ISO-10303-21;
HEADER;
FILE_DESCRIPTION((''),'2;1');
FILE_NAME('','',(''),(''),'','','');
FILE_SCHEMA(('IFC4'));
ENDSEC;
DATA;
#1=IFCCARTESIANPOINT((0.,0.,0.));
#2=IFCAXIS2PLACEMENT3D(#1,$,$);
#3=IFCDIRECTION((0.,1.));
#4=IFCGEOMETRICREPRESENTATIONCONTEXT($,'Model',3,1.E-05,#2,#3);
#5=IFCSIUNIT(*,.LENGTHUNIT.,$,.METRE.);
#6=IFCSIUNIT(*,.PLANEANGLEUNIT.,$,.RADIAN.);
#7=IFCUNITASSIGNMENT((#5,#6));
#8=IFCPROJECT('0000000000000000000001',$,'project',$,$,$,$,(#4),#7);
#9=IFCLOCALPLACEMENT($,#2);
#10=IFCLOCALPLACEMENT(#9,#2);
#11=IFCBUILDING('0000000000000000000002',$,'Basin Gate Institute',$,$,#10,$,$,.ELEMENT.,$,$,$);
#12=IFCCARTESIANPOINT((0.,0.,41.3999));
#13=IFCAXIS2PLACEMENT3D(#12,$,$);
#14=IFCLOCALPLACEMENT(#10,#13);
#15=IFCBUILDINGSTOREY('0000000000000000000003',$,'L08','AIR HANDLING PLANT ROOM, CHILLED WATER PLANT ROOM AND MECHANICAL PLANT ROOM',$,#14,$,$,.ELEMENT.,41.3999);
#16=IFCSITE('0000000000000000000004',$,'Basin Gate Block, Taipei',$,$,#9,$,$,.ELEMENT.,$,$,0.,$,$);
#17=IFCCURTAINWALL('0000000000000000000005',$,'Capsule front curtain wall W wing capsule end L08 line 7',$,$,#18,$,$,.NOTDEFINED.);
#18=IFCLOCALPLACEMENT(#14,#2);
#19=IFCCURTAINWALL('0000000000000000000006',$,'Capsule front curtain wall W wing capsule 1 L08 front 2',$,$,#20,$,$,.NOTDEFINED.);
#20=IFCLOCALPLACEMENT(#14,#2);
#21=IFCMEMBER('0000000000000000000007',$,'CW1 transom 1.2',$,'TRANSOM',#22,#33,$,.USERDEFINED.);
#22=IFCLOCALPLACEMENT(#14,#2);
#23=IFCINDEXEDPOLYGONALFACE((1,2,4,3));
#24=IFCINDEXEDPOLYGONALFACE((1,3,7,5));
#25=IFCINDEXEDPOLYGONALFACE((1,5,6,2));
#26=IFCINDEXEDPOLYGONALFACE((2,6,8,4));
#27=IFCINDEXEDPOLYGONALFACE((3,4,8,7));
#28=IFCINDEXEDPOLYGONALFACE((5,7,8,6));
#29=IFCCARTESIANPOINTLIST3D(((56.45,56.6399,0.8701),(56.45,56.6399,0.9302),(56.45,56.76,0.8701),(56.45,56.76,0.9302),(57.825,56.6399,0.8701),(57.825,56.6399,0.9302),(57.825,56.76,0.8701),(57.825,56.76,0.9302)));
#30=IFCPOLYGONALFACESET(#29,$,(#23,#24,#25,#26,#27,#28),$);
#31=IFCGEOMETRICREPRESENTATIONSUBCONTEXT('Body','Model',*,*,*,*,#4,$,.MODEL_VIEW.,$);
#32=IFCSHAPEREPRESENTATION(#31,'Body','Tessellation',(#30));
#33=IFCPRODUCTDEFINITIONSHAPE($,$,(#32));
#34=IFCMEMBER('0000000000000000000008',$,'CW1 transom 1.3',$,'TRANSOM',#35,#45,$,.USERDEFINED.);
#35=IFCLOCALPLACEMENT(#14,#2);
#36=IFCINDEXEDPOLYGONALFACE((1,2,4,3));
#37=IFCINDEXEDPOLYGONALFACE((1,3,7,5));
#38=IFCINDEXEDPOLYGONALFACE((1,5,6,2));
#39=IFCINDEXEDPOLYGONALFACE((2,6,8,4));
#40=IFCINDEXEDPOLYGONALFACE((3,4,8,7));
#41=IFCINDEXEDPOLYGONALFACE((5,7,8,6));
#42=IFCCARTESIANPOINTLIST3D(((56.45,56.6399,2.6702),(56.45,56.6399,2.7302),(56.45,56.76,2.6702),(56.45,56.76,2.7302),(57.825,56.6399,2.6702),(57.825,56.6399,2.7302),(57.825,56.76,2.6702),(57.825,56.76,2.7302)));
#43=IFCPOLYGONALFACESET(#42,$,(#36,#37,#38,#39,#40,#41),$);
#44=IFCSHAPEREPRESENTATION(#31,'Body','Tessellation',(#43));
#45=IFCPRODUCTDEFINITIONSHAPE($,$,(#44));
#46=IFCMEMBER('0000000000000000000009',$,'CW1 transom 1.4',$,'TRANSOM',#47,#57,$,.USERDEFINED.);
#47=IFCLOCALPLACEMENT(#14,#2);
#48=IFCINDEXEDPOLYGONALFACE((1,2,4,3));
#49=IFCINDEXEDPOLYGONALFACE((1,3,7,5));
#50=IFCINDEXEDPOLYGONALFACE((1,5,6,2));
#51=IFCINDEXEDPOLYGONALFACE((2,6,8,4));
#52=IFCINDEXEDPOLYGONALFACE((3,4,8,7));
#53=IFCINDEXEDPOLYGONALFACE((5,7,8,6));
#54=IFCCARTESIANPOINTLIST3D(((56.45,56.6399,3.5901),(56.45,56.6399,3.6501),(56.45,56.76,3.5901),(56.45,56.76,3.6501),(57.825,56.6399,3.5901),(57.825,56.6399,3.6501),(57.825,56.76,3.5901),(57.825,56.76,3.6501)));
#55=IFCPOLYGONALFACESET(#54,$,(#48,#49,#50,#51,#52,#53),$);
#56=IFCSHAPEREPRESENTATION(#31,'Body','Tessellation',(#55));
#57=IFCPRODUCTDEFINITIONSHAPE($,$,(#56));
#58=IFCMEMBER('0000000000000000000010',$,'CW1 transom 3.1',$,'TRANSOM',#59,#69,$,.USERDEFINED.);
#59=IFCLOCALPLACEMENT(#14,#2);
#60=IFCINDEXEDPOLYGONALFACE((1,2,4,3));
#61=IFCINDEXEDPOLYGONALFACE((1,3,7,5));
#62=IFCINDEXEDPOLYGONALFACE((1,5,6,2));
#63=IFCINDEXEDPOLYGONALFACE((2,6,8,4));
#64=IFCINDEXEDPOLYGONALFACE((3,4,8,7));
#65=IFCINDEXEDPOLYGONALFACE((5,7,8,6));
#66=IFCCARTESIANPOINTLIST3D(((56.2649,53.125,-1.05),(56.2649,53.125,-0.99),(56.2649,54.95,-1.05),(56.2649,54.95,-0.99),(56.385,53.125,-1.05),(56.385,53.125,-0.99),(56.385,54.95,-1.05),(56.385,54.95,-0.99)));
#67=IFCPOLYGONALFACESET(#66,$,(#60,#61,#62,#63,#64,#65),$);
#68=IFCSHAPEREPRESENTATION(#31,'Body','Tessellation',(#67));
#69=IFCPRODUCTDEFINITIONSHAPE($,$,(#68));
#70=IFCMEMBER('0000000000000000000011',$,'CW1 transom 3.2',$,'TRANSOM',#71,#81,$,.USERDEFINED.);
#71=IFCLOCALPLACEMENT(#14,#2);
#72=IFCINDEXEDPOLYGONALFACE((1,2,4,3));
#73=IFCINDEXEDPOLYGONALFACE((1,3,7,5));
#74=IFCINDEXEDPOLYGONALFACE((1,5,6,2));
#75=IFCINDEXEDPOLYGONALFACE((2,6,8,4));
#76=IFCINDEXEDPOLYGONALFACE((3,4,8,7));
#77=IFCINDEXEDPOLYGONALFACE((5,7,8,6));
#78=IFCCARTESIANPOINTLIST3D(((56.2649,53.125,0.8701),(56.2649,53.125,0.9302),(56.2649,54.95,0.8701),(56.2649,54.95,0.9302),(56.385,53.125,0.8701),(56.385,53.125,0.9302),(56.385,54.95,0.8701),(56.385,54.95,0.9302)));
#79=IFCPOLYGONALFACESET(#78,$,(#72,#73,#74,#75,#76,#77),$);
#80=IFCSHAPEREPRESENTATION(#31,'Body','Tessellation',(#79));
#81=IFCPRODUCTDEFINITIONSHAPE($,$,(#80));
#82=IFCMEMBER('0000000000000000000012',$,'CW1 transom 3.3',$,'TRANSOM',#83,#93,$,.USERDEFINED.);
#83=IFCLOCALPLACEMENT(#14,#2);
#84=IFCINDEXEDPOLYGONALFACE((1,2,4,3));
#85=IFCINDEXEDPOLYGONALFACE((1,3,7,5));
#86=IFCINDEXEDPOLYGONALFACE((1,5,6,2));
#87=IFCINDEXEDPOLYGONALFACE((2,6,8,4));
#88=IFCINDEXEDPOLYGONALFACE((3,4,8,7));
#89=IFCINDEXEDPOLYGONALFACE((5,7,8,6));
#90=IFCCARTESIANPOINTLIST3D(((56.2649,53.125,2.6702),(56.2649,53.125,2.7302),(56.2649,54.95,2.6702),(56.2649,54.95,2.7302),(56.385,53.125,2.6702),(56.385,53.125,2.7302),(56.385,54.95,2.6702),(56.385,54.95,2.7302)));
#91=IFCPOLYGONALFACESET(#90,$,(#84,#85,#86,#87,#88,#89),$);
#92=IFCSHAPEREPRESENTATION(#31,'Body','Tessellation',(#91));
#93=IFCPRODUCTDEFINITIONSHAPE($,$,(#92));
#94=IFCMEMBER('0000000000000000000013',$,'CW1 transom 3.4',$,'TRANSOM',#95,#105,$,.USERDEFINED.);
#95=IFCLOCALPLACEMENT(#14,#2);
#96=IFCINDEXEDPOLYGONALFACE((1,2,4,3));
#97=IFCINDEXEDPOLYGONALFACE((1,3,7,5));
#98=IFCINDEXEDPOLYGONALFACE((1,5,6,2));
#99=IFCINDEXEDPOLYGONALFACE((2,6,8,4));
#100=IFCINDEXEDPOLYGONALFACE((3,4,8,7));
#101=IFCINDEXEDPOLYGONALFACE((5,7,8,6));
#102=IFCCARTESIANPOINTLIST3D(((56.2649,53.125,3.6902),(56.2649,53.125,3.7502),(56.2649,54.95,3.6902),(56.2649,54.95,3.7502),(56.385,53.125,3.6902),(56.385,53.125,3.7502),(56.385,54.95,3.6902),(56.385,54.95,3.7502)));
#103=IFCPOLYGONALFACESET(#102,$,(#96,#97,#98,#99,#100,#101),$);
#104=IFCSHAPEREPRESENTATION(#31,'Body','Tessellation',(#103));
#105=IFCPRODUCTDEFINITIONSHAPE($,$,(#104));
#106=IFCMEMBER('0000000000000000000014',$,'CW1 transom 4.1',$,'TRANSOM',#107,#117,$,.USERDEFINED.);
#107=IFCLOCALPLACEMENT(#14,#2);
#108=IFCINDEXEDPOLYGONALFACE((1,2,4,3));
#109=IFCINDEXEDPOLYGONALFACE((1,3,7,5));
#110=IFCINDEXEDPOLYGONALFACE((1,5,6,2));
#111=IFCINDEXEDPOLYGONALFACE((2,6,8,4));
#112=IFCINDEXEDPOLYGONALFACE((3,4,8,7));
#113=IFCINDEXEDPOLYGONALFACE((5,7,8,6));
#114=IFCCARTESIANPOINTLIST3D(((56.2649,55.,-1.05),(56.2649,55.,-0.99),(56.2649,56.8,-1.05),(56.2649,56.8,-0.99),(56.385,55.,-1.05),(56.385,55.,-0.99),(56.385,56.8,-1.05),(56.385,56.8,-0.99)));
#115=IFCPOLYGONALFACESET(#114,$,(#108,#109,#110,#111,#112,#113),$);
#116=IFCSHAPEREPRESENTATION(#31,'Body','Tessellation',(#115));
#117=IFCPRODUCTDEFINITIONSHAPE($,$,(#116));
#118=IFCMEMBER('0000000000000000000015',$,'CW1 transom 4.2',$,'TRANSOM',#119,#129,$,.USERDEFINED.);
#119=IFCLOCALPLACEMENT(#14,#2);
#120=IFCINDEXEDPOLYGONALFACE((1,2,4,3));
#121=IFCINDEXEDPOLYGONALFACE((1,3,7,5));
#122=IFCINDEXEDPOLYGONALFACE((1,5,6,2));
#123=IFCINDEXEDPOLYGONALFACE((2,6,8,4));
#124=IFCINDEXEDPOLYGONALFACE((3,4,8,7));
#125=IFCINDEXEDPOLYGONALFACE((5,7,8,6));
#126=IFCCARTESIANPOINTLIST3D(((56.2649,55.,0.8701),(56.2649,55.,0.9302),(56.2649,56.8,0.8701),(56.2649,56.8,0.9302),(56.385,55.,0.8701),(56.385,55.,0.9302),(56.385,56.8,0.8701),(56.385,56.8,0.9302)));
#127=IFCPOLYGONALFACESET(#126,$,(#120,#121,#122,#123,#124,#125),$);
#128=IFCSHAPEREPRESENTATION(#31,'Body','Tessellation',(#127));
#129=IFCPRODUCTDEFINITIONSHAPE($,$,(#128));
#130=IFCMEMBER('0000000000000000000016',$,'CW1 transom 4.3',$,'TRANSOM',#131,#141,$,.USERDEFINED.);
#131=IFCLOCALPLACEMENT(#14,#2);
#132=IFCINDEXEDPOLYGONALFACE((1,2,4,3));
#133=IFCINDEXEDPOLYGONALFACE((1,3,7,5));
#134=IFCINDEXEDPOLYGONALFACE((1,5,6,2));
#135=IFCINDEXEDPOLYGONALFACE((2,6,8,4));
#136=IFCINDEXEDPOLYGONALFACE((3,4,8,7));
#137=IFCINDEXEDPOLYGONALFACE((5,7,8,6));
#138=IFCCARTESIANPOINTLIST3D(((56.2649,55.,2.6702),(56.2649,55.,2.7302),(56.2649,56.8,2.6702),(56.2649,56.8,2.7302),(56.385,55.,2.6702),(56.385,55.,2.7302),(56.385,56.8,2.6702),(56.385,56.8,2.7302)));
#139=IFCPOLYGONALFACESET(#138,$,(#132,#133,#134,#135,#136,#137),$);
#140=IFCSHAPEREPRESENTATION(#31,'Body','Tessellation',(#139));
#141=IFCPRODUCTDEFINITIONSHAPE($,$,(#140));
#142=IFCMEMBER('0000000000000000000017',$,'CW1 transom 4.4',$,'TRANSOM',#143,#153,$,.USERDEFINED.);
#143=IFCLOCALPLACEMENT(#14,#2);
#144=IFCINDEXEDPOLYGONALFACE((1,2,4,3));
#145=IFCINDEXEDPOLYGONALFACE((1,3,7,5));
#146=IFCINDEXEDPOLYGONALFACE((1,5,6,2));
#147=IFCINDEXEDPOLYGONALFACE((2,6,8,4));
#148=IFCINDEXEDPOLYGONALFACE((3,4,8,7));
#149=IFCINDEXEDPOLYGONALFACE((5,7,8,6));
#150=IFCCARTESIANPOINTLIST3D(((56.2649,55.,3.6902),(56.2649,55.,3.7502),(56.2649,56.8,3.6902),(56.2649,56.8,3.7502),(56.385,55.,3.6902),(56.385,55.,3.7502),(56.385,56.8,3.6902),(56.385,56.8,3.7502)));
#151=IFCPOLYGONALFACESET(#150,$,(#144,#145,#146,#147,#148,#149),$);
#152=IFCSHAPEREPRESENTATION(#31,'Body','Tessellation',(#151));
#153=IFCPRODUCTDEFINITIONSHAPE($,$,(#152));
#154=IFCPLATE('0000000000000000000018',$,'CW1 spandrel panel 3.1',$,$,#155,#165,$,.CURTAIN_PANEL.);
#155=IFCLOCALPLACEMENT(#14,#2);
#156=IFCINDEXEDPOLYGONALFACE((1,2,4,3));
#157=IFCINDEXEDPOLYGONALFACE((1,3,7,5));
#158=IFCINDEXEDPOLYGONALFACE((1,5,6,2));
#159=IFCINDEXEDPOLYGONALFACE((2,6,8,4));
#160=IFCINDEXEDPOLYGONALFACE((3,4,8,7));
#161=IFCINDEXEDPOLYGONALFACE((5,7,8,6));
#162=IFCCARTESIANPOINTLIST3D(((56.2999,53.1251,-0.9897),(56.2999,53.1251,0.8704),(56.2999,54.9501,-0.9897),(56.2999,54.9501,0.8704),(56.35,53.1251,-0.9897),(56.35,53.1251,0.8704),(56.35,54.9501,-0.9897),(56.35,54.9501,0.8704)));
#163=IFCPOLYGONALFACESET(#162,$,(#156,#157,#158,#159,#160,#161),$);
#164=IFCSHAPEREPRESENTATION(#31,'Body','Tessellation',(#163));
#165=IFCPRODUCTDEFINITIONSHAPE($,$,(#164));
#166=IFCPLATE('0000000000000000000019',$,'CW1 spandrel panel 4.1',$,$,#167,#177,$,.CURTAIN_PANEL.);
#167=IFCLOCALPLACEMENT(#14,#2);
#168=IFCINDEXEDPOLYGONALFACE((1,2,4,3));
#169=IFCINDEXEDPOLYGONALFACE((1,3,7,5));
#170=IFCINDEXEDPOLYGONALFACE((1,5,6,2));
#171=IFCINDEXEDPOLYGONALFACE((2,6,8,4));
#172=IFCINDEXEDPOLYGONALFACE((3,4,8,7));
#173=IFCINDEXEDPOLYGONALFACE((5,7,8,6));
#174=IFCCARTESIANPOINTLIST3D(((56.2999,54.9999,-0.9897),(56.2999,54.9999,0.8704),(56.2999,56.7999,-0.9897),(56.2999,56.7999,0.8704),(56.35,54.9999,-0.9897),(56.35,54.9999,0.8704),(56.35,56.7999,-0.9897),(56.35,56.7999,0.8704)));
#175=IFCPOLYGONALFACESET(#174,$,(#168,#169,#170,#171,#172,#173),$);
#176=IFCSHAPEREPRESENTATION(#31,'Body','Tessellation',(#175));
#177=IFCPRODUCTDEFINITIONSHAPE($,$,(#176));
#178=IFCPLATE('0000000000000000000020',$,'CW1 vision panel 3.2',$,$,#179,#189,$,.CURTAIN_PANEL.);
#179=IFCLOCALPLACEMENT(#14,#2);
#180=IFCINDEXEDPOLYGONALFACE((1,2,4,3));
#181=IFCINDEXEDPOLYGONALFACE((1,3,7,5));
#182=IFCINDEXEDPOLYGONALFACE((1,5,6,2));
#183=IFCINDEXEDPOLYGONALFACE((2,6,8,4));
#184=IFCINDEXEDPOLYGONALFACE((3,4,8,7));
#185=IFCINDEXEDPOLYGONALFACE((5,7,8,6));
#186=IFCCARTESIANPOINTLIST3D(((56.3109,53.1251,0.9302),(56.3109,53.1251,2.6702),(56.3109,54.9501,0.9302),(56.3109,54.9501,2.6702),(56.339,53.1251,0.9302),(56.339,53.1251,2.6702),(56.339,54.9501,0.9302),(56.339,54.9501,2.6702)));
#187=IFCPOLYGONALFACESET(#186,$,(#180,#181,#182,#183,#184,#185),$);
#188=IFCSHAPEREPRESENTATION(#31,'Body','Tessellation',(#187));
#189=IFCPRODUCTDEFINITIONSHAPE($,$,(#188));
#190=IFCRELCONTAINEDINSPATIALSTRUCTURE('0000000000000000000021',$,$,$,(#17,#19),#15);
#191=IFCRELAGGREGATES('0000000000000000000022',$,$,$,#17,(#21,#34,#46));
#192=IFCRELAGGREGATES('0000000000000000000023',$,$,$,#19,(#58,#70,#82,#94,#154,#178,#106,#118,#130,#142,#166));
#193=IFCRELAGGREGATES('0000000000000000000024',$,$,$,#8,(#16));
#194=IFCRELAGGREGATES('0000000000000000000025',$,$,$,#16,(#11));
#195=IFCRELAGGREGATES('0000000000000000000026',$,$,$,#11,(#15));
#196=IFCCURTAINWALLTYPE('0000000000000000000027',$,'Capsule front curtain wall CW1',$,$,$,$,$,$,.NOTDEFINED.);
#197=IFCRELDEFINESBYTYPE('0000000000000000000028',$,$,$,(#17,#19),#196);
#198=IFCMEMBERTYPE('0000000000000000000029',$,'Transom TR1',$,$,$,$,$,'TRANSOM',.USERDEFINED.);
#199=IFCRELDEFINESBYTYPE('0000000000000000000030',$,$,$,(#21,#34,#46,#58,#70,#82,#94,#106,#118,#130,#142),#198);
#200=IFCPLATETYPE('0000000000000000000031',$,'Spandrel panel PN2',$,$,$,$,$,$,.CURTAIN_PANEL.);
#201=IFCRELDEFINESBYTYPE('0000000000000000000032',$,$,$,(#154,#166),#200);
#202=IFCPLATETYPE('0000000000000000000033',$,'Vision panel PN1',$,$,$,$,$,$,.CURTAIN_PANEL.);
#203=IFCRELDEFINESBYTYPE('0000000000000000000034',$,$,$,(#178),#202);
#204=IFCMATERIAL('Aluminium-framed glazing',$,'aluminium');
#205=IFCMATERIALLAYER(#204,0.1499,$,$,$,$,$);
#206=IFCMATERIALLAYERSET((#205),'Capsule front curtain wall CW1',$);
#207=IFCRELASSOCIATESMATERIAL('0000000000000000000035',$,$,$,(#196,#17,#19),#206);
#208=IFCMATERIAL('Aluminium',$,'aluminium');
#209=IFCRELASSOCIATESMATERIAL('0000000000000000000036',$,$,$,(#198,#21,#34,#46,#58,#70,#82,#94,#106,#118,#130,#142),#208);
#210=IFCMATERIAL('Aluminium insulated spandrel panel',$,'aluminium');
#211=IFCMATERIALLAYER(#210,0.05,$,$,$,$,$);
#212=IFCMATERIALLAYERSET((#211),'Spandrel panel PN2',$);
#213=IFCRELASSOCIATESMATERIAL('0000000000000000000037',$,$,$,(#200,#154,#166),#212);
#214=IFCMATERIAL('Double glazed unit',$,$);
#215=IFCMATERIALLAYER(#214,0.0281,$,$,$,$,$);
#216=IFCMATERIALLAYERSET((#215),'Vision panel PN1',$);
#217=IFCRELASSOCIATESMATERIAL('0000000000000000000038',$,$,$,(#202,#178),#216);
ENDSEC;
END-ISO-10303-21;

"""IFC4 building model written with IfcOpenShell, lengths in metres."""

from ifc_helpers import new_model, si_unit, direction, frame, origin, origin_2d, place, context, subcontext, project, spatial, rectangle, extrude, material, layer, layer_set, material_profile, profile_set, type_object, element, aggregate, save


model = new_model("IFC4")

# Units and contexts
model_context = context("Model", 3, precision=1e-05, world=origin(), true_north=direction((0.0, 1.0)))
body_context = subcontext(model_context, "Body", "Model", "MODEL_VIEW")
ifc_project = project(units=[si_unit("LENGTHUNIT", "METRE"), si_unit("PLANEANGLEUNIT", "RADIAN")], contexts=[model_context])

# Site, building, storey
site_placement = place(None, origin())
site = spatial("IfcSite", under=ifc_project, at=site_placement, Name="Basin Gate Block, Taipei", CompositionType="ELEMENT", RefElevation=0.0)
building_placement = place(site_placement, origin())
building = spatial("IfcBuilding", under=site, at=building_placement, Name="Basin Gate Institute", CompositionType="ELEMENT")
storey_placement = place(building_placement, frame((0.0, 0.0, 41.3999)))
storey = spatial("IfcBuildingStorey", under=building, at=storey_placement, Name="L08", Description="AIR HANDLING PLANT ROOM, CHILLED WATER PLANT ROOM AND MECHANICAL PLANT ROOM", CompositionType="ELEMENT", Elevation=41.3999)

# Curtain wall
ifc_material_1 = material(Name="Aluminium-framed glazing", Category="aluminium")
ifc_layer_1 = layer(ifc_material_1, 0.1499)
ifc_layer_set_1 = layer_set([ifc_layer_1], Name="Capsule front curtain wall CW1")
curtain_wall_type = type_object("IfcCurtainWallType", Name="Capsule front curtain wall CW1", PredefinedType="NOTDEFINED", material=ifc_layer_set_1)
curtain_wall_1_placement = place(storey_placement, origin())
curtain_wall_1 = element("IfcCurtainWall", 1, at=curtain_wall_1_placement, inside=storey, type_object=curtain_wall_type, material=ifc_layer_set_1, Name="Capsule front curtain wall W wing capsule end L08 line 7", PredefinedType="NOTDEFINED")

# Curtain wall
curtain_wall_2_placement = place(storey_placement, origin())
curtain_wall_2 = element("IfcCurtainWall", 2, at=curtain_wall_2_placement, inside=storey, type_object=curtain_wall_type, material=ifc_layer_set_1, Name="Capsule front curtain wall W wing capsule 1 L08 front 2", PredefinedType="NOTDEFINED")

# Members
ifc_material_2 = material(Name="Aluminium", Category="aluminium")
ifc_material_profile_1 = material_profile(ifc_material_2, rectangle(XDim=0.1201, YDim=0.0601, at=origin_2d()), Name="Transom TR1 120 x 60")
ifc_profile_set_1 = profile_set([ifc_material_profile_1], Name="Aluminium")
member_type_1 = type_object("IfcMemberType", Name="Transom TR1", ElementType="TRANSOM", PredefinedType="USERDEFINED", material=ifc_profile_set_1)
member_1_placement = place(storey_placement, frame((56.45, 56.7, 0.9001), z_axis=(1.0, 0.0, 0.0), x_axis=(0.0, 1.0, 0.0)))
member_1 = element("IfcMember", 3, at=member_1_placement, type_object=member_type_1, material=ifc_profile_set_1, Name="CW1 transom 1.2", ObjectType="TRANSOM", PredefinedType="USERDEFINED", context=body_context, shape_type="SweptSolid", body=[
    extrude(rectangle(XDim=0.1201, YDim=0.0601, at=origin_2d()), origin(), (0.0, 0.0, 1.0), 1.375),
])
member_2_placement = place(storey_placement, frame((56.45, 56.7, 2.7002), z_axis=(1.0, 0.0, 0.0), x_axis=(0.0, 1.0, 0.0)))
member_2 = element("IfcMember", 4, at=member_2_placement, type_object=member_type_1, material=ifc_profile_set_1, Name="CW1 transom 1.3", ObjectType="TRANSOM", PredefinedType="USERDEFINED", context=body_context, shape_type="SweptSolid", body=[
    extrude(rectangle(XDim=0.1201, YDim=0.0601, at=origin_2d()), origin(), (0.0, 0.0, 1.0), 1.375),
])
member_3_placement = place(storey_placement, frame((56.45, 56.7, 3.6201), z_axis=(1.0, 0.0, 0.0), x_axis=(0.0, 1.0, 0.0)))
member_3 = element("IfcMember", 5, at=member_3_placement, type_object=member_type_1, material=ifc_profile_set_1, Name="CW1 transom 1.4", ObjectType="TRANSOM", PredefinedType="USERDEFINED", context=body_context, shape_type="SweptSolid", body=[
    extrude(rectangle(XDim=0.1201, YDim=0.0601, at=origin_2d()), origin(), (0.0, 0.0, 1.0), 1.375),
])
aggregate(curtain_wall_1, [member_1, member_2, member_3])
member_4_placement = place(storey_placement, frame((56.325, 53.125, -1.02), z_axis=(0.0, 1.0, 0.0), x_axis=(-1.0, 0.0, 0.0)))
member_4 = element("IfcMember", 6, at=member_4_placement, type_object=member_type_1, material=ifc_profile_set_1, Name="CW1 transom 3.1", ObjectType="TRANSOM", PredefinedType="USERDEFINED", context=body_context, shape_type="SweptSolid", body=[
    extrude(rectangle(XDim=0.1201, YDim=0.0601, at=origin_2d()), origin(), (0.0, 0.0, 1.0), 1.825),
])
member_5_placement = place(storey_placement, frame((56.325, 53.125, 0.9001), z_axis=(0.0, 1.0, 0.0), x_axis=(-1.0, 0.0, 0.0)))
member_5 = element("IfcMember", 7, at=member_5_placement, type_object=member_type_1, material=ifc_profile_set_1, Name="CW1 transom 3.2", ObjectType="TRANSOM", PredefinedType="USERDEFINED", context=body_context, shape_type="SweptSolid", body=[
    extrude(rectangle(XDim=0.1201, YDim=0.0601, at=origin_2d()), origin(), (0.0, 0.0, 1.0), 1.825),
])
member_6_placement = place(storey_placement, frame((56.325, 53.125, 2.7002), z_axis=(0.0, 1.0, 0.0), x_axis=(-1.0, 0.0, 0.0)))
member_6 = element("IfcMember", 8, at=member_6_placement, type_object=member_type_1, material=ifc_profile_set_1, Name="CW1 transom 3.3", ObjectType="TRANSOM", PredefinedType="USERDEFINED", context=body_context, shape_type="SweptSolid", body=[
    extrude(rectangle(XDim=0.1201, YDim=0.0601, at=origin_2d()), origin(), (0.0, 0.0, 1.0), 1.825),
])
member_7_placement = place(storey_placement, frame((56.325, 53.125, 3.7202), z_axis=(0.0, 1.0, 0.0), x_axis=(-1.0, 0.0, 0.0)))
member_7 = element("IfcMember", 9, at=member_7_placement, type_object=member_type_1, material=ifc_profile_set_1, Name="CW1 transom 3.4", ObjectType="TRANSOM", PredefinedType="USERDEFINED", context=body_context, shape_type="SweptSolid", body=[
    extrude(rectangle(XDim=0.1201, YDim=0.0601, at=origin_2d()), origin(), (0.0, 0.0, 1.0), 1.825),
])
member_8_placement = place(storey_placement, frame((56.325, 55.0, -1.02), z_axis=(0.0, 1.0, 0.0), x_axis=(-1.0, 0.0, 0.0)))
member_8 = element("IfcMember", 10, at=member_8_placement, type_object=member_type_1, material=ifc_profile_set_1, Name="CW1 transom 4.1", ObjectType="TRANSOM", PredefinedType="USERDEFINED", context=body_context, shape_type="SweptSolid", body=[
    extrude(rectangle(XDim=0.1201, YDim=0.0601, at=origin_2d()), origin(), (0.0, 0.0, 1.0), 1.8),
])
member_9_placement = place(storey_placement, frame((56.325, 55.0, 0.9001), z_axis=(0.0, 1.0, 0.0), x_axis=(-1.0, 0.0, 0.0)))
member_9 = element("IfcMember", 11, at=member_9_placement, type_object=member_type_1, material=ifc_profile_set_1, Name="CW1 transom 4.2", ObjectType="TRANSOM", PredefinedType="USERDEFINED", context=body_context, shape_type="SweptSolid", body=[
    extrude(rectangle(XDim=0.1201, YDim=0.0601, at=origin_2d()), origin(), (0.0, 0.0, 1.0), 1.8),
])
member_10_placement = place(storey_placement, frame((56.325, 55.0, 2.7002), z_axis=(0.0, 1.0, 0.0), x_axis=(-1.0, 0.0, 0.0)))
member_10 = element("IfcMember", 12, at=member_10_placement, type_object=member_type_1, material=ifc_profile_set_1, Name="CW1 transom 4.3", ObjectType="TRANSOM", PredefinedType="USERDEFINED", context=body_context, shape_type="SweptSolid", body=[
    extrude(rectangle(XDim=0.1201, YDim=0.0601, at=origin_2d()), origin(), (0.0, 0.0, 1.0), 1.8),
])
member_11_placement = place(storey_placement, frame((56.325, 55.0, 3.7202), z_axis=(0.0, 1.0, 0.0), x_axis=(-1.0, 0.0, 0.0)))
member_11 = element("IfcMember", 13, at=member_11_placement, type_object=member_type_1, material=ifc_profile_set_1, Name="CW1 transom 4.4", ObjectType="TRANSOM", PredefinedType="USERDEFINED", context=body_context, shape_type="SweptSolid", body=[
    extrude(rectangle(XDim=0.1201, YDim=0.0601, at=origin_2d()), origin(), (0.0, 0.0, 1.0), 1.8),
])

# Plates
ifc_material_3 = material(Name="Aluminium insulated spandrel panel", Category="aluminium")
ifc_layer_2 = layer(ifc_material_3, 0.05)
ifc_layer_set_2 = layer_set([ifc_layer_2], Name="Spandrel panel PN2")
plate_type_1 = type_object("IfcPlateType", Name="Spandrel panel PN2", PredefinedType="CURTAIN_PANEL", material=ifc_layer_set_2)
plate_1_placement = place(storey_placement, frame((56.325, 54.0376, -0.9897), z_axis=(0.0, 0.0, 1.0), x_axis=(0.0, 1.0, 0.0)))
plate_1 = element("IfcPlate", 14, at=plate_1_placement, type_object=plate_type_1, material=ifc_layer_set_2, Name="CW1 spandrel panel 3.1", PredefinedType="CURTAIN_PANEL", context=body_context, shape_type="SweptSolid", body=[
    extrude(rectangle(XDim=1.825, YDim=0.05, at=origin_2d()), origin(), (0.0, 0.0, 1.0), 1.8601),
])
plate_2_placement = place(storey_placement, frame((56.325, 55.8999, -0.9897), z_axis=(0.0, 0.0, 1.0), x_axis=(0.0, 1.0, 0.0)))
plate_2 = element("IfcPlate", 15, at=plate_2_placement, type_object=plate_type_1, material=ifc_layer_set_2, Name="CW1 spandrel panel 4.1", PredefinedType="CURTAIN_PANEL", context=body_context, shape_type="SweptSolid", body=[
    extrude(rectangle(XDim=1.8, YDim=0.05, at=origin_2d()), origin(), (0.0, 0.0, 1.0), 1.8601),
])
ifc_material_4 = material(Name="Double glazed unit")
ifc_layer_3 = layer(ifc_material_4, 0.0281)
ifc_layer_set_3 = layer_set([ifc_layer_3], Name="Vision panel PN1")
plate_type_2 = type_object("IfcPlateType", Name="Vision panel PN1", PredefinedType="CURTAIN_PANEL", material=ifc_layer_set_3)
plate_3_placement = place(storey_placement, frame((56.325, 54.0376, 0.9302), z_axis=(0.0, 0.0, 1.0), x_axis=(0.0, 1.0, 0.0)))
plate_3 = element("IfcPlate", 16, at=plate_3_placement, type_object=plate_type_2, material=ifc_layer_set_3, Name="CW1 vision panel 3.2", PredefinedType="CURTAIN_PANEL", context=body_context, shape_type="SweptSolid", body=[
    extrude(rectangle(XDim=1.825, YDim=0.0281, at=origin_2d()), origin(), (0.0, 0.0, 1.0), 1.74),
])
aggregate(curtain_wall_2, [member_4, member_5, member_6, member_7, plate_1, plate_3, member_8, member_9, member_10, member_11, plate_2])

save(model, "model.ifc")
